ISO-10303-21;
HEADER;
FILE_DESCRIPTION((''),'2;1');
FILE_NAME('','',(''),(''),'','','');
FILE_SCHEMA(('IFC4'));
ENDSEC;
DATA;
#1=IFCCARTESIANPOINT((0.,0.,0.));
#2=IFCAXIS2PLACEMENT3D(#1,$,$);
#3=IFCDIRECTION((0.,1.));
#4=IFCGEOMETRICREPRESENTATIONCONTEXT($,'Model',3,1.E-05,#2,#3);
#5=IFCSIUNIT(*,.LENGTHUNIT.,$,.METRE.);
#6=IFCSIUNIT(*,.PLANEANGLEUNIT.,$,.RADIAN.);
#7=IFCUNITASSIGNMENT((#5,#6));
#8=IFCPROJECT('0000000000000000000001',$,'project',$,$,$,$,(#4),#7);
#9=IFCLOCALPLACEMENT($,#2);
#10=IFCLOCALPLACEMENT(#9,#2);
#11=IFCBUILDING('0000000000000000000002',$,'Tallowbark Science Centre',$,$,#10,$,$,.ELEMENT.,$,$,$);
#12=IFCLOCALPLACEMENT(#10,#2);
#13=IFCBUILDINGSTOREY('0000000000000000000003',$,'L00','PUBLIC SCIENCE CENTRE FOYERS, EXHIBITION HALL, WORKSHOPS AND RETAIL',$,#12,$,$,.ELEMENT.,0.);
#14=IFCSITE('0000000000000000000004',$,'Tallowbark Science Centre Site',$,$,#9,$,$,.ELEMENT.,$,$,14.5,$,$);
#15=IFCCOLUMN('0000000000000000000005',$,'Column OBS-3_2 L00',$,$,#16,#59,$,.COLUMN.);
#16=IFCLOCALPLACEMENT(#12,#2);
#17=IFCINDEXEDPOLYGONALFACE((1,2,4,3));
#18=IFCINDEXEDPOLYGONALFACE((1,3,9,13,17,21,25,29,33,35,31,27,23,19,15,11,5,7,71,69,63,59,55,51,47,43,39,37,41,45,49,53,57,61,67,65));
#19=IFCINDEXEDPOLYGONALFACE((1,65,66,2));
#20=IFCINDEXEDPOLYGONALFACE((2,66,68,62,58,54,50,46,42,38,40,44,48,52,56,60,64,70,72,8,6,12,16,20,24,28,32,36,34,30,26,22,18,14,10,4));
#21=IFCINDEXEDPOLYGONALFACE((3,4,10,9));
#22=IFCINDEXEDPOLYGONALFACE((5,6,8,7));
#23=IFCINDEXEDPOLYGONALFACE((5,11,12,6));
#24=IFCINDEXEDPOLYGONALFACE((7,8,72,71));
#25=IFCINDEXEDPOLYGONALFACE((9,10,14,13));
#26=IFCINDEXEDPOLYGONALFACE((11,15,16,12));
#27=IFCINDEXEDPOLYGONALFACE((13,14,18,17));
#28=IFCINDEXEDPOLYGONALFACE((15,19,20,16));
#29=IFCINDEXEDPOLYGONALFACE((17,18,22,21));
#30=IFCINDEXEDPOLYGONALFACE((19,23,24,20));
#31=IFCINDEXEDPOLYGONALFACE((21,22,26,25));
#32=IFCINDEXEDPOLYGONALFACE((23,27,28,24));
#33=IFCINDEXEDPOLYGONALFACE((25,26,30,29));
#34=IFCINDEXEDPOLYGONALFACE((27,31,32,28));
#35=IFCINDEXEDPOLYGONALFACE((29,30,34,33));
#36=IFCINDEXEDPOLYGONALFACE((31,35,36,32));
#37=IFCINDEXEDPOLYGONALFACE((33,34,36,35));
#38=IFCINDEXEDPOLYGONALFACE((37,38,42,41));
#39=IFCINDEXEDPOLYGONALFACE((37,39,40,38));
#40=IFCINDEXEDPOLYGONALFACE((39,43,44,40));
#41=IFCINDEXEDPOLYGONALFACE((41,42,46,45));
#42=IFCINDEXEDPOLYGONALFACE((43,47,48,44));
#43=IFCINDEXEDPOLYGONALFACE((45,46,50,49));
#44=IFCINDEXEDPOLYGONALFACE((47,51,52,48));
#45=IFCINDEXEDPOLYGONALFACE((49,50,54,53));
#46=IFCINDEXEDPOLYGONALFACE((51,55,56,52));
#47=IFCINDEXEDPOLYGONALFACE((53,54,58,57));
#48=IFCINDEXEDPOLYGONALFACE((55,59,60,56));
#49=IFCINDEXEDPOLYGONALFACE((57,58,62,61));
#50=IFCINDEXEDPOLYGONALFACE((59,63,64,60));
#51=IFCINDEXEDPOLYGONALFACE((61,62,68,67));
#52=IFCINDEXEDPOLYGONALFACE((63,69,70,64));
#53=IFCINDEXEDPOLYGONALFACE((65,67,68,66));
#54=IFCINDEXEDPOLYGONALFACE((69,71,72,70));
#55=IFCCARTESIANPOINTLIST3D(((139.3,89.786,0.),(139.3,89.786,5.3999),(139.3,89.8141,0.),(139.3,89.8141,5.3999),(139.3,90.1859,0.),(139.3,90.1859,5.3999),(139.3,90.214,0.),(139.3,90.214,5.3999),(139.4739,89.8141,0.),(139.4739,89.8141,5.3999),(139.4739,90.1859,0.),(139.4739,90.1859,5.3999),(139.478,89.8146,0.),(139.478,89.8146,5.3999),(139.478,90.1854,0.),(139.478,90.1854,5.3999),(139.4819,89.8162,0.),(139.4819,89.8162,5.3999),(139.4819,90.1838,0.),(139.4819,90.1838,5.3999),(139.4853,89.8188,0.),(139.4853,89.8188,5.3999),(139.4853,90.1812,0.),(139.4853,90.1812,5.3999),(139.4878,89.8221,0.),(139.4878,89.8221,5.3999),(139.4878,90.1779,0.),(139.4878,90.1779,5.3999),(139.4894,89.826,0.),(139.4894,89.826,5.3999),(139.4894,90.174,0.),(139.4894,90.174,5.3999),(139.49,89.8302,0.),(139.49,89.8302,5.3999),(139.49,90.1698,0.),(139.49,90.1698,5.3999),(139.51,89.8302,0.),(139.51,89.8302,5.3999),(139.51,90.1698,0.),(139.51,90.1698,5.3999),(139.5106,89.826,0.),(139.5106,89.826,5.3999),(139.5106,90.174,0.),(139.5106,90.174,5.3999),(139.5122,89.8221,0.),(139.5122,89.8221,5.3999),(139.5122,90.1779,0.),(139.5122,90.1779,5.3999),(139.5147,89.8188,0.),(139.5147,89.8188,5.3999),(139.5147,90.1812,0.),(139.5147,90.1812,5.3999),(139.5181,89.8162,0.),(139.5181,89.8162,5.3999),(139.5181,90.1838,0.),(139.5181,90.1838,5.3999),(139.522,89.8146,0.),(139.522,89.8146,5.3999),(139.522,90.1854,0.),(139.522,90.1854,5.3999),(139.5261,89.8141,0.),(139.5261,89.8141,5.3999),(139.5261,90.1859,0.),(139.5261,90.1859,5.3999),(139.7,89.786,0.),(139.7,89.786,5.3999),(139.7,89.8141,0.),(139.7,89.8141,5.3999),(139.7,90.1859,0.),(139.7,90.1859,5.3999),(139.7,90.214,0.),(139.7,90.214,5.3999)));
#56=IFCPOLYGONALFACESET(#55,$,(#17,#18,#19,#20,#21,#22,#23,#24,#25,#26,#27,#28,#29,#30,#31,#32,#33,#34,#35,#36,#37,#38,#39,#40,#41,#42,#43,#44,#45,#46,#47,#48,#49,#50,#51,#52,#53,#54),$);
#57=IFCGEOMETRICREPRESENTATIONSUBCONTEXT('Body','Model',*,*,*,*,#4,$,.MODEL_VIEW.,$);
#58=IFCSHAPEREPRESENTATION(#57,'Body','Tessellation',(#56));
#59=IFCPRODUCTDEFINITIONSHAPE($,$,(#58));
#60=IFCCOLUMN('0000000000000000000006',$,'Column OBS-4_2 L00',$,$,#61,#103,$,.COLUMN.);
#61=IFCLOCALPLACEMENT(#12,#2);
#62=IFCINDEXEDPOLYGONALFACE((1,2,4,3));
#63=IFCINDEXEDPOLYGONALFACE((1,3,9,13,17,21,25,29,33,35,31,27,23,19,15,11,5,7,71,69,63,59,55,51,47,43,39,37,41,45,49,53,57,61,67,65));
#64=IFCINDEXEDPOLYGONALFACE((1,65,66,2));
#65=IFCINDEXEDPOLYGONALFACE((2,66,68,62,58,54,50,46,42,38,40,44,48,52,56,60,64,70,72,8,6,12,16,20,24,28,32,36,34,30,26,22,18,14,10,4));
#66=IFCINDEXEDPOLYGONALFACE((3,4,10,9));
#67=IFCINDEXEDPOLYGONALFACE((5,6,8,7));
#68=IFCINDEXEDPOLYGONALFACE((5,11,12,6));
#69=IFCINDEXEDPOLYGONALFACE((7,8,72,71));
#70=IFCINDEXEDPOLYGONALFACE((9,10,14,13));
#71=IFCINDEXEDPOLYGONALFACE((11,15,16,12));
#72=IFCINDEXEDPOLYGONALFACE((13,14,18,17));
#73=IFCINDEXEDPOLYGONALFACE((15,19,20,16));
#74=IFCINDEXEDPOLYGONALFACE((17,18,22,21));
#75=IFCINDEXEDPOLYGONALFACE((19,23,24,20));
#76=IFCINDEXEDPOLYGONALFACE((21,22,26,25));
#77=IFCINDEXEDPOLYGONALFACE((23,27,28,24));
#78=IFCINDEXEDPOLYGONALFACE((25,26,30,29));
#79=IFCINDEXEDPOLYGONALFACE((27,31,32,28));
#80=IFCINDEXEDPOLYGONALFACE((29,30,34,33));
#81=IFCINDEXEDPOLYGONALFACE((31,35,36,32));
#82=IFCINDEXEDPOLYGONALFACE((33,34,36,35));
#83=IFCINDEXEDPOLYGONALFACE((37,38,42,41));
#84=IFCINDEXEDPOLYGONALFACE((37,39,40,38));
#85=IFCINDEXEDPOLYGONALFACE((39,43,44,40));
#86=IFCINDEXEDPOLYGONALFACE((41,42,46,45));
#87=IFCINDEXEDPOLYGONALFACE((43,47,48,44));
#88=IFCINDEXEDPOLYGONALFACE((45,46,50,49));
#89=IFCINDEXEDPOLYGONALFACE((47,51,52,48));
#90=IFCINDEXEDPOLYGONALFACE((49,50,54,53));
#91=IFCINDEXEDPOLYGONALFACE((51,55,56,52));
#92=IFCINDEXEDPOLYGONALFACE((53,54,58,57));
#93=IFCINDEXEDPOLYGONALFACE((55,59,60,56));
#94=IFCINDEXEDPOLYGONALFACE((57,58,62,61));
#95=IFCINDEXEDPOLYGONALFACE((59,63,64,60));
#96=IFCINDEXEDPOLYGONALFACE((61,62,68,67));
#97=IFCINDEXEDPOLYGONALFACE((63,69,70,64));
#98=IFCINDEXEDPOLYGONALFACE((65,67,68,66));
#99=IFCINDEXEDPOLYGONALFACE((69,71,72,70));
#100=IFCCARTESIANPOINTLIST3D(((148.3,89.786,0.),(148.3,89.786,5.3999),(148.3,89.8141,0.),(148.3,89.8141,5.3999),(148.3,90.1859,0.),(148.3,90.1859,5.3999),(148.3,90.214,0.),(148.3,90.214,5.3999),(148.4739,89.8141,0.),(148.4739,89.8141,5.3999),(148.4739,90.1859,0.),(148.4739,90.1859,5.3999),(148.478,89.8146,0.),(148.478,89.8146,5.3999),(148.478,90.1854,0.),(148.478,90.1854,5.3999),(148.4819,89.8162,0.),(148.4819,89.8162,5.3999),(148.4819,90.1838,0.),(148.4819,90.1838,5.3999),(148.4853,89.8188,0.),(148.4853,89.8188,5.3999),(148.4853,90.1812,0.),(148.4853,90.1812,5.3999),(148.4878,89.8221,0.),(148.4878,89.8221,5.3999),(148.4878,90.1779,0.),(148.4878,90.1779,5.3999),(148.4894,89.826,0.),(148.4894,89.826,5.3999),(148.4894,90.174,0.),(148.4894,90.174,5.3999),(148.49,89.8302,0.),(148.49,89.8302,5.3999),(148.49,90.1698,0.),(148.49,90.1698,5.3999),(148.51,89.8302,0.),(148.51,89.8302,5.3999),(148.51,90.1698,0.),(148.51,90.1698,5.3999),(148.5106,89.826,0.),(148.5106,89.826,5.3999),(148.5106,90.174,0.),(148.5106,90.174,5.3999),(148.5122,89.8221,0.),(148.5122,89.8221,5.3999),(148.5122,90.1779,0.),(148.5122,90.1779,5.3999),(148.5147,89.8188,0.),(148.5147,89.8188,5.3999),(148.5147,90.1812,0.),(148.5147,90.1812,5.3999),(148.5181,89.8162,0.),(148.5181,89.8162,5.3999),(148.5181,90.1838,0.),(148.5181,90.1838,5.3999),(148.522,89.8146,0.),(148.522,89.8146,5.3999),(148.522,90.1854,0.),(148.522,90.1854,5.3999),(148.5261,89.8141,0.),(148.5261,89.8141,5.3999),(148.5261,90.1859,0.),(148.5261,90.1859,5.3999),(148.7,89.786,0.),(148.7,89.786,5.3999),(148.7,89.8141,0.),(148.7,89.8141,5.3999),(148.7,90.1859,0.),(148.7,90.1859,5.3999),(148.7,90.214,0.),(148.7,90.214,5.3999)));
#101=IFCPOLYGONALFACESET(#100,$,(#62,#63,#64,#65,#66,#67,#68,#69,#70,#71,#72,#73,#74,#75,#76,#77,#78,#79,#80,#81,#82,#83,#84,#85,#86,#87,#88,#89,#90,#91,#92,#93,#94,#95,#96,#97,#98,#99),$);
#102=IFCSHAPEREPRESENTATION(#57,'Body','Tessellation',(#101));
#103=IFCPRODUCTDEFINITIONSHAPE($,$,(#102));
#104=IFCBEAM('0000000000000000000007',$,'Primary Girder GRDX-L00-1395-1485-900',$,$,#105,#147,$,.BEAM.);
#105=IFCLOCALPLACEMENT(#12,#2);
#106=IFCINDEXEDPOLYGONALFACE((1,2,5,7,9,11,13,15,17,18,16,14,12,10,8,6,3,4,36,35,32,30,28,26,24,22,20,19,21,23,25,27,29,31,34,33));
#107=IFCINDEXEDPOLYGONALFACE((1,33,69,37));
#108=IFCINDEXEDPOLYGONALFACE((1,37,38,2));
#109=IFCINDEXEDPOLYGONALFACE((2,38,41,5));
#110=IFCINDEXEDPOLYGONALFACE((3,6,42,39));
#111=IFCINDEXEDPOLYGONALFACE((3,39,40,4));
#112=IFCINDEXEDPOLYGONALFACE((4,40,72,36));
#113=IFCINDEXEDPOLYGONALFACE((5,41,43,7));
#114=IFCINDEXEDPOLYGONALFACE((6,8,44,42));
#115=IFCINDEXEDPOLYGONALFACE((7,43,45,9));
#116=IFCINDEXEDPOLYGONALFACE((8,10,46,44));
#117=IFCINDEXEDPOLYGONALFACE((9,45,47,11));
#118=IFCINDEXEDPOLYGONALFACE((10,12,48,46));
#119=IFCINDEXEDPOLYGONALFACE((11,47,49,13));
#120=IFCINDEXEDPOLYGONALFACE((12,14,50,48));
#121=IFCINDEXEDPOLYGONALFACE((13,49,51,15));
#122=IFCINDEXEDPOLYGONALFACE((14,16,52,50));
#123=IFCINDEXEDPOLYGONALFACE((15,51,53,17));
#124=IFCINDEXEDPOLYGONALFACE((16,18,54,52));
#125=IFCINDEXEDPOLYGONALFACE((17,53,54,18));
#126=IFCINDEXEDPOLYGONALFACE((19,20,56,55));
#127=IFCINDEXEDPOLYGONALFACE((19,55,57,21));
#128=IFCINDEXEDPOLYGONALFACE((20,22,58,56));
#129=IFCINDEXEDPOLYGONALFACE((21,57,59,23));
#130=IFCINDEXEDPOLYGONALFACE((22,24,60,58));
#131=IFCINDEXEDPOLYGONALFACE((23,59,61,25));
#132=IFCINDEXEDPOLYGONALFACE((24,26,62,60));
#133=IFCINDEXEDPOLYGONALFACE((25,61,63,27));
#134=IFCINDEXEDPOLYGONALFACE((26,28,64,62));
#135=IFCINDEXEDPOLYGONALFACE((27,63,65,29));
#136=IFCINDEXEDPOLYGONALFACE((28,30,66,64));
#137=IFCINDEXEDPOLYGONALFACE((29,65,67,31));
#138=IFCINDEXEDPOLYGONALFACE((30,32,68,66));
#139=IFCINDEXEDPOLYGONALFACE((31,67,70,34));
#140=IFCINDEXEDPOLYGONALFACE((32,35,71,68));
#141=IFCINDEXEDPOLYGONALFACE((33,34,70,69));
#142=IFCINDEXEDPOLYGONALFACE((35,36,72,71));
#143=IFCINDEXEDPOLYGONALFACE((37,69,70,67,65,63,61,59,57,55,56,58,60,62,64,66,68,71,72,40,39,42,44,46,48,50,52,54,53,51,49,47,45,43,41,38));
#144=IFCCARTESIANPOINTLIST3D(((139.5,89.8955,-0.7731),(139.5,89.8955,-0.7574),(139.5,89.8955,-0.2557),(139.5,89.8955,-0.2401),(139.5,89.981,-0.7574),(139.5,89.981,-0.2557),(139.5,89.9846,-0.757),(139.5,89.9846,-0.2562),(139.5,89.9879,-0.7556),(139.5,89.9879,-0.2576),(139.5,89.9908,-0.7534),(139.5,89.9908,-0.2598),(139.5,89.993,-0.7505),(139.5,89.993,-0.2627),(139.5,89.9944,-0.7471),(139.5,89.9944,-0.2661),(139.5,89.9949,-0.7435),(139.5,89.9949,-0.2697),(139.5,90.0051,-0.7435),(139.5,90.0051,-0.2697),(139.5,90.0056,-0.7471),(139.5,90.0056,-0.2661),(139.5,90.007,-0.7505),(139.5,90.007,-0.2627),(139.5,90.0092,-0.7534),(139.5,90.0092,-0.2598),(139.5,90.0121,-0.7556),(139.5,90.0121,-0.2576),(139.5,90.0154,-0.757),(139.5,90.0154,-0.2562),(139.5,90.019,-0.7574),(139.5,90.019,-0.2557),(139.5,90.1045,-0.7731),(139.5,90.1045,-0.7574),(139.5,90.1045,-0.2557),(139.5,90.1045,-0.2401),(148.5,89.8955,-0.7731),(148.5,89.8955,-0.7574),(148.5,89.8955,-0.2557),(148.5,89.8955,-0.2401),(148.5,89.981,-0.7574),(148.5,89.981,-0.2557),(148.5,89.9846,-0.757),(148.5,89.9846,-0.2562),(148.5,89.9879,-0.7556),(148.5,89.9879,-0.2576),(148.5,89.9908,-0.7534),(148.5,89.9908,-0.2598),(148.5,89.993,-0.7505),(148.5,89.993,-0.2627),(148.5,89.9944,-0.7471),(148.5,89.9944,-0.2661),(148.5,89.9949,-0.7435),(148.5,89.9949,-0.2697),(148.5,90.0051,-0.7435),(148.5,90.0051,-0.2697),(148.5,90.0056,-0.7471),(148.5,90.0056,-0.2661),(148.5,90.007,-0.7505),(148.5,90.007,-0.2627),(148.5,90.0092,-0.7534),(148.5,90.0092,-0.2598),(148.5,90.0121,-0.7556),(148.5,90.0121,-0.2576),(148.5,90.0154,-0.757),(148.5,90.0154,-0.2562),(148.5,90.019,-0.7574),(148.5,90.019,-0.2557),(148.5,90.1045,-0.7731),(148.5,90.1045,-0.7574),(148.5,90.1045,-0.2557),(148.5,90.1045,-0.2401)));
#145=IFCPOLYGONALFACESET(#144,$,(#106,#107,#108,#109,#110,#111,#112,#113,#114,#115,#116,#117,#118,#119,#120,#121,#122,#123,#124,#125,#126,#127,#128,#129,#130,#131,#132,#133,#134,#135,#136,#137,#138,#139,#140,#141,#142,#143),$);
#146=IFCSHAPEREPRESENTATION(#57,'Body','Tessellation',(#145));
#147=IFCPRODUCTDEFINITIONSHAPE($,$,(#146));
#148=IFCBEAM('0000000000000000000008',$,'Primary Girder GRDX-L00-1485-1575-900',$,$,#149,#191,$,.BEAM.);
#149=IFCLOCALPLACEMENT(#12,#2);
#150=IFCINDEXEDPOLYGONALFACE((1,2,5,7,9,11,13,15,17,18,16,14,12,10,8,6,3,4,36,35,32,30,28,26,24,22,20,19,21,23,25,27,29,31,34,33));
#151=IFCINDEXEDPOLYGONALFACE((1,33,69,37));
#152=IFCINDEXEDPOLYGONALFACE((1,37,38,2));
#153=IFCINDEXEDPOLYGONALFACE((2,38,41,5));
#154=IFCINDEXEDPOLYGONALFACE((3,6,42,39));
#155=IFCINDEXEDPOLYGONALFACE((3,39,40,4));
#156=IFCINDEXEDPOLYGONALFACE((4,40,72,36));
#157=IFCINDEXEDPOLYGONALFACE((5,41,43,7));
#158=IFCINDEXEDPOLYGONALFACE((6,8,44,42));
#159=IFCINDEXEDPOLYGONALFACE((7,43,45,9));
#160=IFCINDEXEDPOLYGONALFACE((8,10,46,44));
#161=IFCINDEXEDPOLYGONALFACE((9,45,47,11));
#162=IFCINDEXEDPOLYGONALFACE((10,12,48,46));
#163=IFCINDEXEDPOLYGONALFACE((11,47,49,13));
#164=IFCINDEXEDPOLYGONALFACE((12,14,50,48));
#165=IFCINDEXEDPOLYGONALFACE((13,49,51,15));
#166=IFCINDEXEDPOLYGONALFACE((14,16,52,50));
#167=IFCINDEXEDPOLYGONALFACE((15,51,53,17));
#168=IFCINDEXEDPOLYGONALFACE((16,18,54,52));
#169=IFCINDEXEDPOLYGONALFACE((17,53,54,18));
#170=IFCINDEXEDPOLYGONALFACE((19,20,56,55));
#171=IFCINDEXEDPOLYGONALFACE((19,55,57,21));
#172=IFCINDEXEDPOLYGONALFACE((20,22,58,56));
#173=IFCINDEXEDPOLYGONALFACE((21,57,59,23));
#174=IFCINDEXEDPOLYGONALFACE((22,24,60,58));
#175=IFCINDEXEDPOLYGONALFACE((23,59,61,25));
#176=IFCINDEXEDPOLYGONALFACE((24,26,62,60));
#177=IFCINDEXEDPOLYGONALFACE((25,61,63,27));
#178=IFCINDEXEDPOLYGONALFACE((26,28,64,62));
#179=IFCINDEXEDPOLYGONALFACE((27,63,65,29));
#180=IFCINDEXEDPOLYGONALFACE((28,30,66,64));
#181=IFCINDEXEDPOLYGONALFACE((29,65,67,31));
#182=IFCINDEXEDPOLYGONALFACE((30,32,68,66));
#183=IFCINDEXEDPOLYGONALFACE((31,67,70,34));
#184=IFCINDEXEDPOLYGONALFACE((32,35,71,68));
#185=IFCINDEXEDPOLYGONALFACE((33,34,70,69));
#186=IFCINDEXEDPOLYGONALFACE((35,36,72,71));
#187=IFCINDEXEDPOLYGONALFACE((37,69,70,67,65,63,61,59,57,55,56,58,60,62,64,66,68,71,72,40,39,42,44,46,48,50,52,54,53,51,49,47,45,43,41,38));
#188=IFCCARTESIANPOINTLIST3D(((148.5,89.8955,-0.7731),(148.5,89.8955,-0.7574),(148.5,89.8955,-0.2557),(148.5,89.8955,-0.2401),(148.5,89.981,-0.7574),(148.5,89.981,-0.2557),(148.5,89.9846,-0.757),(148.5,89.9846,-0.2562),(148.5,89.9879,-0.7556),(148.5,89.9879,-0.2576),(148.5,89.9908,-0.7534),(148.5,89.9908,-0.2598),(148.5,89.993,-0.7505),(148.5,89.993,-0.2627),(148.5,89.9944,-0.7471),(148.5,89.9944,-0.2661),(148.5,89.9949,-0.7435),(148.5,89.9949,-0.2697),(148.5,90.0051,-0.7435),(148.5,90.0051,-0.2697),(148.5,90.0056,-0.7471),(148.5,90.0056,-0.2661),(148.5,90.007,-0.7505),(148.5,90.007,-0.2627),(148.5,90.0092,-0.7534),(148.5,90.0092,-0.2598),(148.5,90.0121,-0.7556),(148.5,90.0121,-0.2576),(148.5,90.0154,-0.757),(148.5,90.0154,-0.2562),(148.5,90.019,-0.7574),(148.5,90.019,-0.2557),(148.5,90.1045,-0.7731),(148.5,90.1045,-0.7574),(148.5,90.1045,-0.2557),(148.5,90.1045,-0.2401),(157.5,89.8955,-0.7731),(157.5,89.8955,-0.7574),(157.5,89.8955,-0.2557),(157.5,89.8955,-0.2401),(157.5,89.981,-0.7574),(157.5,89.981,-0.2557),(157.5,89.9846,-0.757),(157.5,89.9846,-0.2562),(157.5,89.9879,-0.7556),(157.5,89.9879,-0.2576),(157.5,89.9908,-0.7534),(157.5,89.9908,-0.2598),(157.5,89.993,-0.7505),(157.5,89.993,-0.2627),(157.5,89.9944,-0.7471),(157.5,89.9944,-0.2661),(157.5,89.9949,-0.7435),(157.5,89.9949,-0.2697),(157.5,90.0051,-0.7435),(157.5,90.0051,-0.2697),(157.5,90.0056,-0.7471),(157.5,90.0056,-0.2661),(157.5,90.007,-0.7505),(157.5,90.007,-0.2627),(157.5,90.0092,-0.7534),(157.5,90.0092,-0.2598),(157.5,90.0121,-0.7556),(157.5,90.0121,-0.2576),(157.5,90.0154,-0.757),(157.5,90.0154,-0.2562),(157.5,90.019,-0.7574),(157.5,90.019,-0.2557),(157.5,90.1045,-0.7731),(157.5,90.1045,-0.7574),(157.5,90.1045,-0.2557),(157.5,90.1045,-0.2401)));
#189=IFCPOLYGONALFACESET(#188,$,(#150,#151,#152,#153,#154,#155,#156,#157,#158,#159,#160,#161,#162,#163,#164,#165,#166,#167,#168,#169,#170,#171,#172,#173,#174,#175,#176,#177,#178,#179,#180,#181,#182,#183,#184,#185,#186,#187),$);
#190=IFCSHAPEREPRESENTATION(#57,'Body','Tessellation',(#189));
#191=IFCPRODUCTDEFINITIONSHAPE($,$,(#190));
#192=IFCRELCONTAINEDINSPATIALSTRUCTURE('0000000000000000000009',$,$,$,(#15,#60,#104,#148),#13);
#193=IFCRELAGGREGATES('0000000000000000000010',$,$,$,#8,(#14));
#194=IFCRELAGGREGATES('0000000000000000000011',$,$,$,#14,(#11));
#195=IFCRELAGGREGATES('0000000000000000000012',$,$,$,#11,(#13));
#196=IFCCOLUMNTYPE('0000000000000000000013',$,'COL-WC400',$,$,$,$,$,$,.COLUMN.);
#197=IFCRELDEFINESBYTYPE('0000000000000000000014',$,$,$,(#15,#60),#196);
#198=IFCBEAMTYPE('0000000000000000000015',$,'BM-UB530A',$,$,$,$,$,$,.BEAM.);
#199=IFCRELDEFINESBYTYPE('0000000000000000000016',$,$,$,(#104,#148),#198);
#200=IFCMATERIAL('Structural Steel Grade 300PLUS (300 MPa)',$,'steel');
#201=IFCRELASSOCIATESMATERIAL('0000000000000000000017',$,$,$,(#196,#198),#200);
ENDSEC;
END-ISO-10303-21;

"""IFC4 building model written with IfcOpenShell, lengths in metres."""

from ifc_helpers import new_model, si_unit, direction, frame, origin, origin_2d, place, context, subcontext, project, spatial, i_section, extrude, material, material_profile, profile_set, type_object, element, save


model = new_model("IFC4")

# Units and contexts
model_context = context("Model", 3, precision=1e-05, world=origin(), true_north=direction((0.0, 1.0)))
body_context = subcontext(model_context, "Body", "Model", "MODEL_VIEW")
ifc_project = project(units=[si_unit("LENGTHUNIT", "METRE"), si_unit("PLANEANGLEUNIT", "RADIAN")], contexts=[model_context])

# Site, building, storey
site_placement = place(None, origin())
site = spatial("IfcSite", under=ifc_project, at=site_placement, Name="Tallowbark Science Centre Site", CompositionType="ELEMENT", RefElevation=14.5)
building_placement = place(site_placement, origin())
building = spatial("IfcBuilding", under=site, at=building_placement, Name="Tallowbark Science Centre", CompositionType="ELEMENT")
storey_placement = place(building_placement, origin())
storey = spatial("IfcBuildingStorey", under=building, at=storey_placement, Name="L00", Description="PUBLIC SCIENCE CENTRE FOYERS, EXHIBITION HALL, WORKSHOPS AND RETAIL", CompositionType="ELEMENT", Elevation=0.0)

# Columns
ifc_material_1 = material(Name="Structural Steel Grade 300PLUS (300 MPa)", Category="steel")
ifc_material_profile_1 = material_profile(ifc_material_1, i_section(OverallWidth=0.3999, OverallDepth=0.428, WebThickness=0.02, FlangeThickness=0.0281, FilletRadius=0.0161, at=origin_2d()), Name="400WC270")
ifc_profile_set_1 = profile_set([ifc_material_profile_1], Name="Structural Steel Grade 300PLUS (300 MPa)")
column_type = type_object("IfcColumnType", Name="COL-WC400", PredefinedType="COLUMN", material=ifc_profile_set_1)
for number, where, z_axis, x_axis, name in (
    (1, (139.5, 90.0, 0.0), (0.0, 0.0, 1.0), (1.0, 0.0, 0.0), "Column OBS-3_2 L00"),
    (2, (148.5, 90.0, 0.0), (0.0, 0.0, 1.0), (1.0, 0.0, 0.0), "Column OBS-4_2 L00"),
):
    element("IfcColumn", number, at=place(storey_placement, frame(where, z_axis=z_axis, x_axis=x_axis)), inside=storey, type_object=column_type, Name=name, PredefinedType="COLUMN", context=body_context, shape_type="SweptSolid", body=[
        extrude(i_section(OverallWidth=0.3999, OverallDepth=0.428, WebThickness=0.02, FlangeThickness=0.0281, FilletRadius=0.0161, at=origin_2d()), origin(), (0.0, 0.0, 1.0), 5.3999),
    ])

# Beams
ifc_material_profile_2 = material_profile(ifc_material_1, i_section(OverallWidth=0.209, OverallDepth=0.533, WebThickness=0.0103, FlangeThickness=0.0156, FilletRadius=0.0139, at=origin_2d()), Name="530UB92.4")
ifc_profile_set_2 = profile_set([ifc_material_profile_2], Name="Structural Steel Grade 300PLUS (300 MPa)")
beam_type_1 = type_object("IfcBeamType", Name="BM-UB530A", PredefinedType="BEAM", material=ifc_profile_set_2)
for number, where, z_axis, x_axis, name in (
    (3, (139.5, 90.0, -0.5066), (1.0, 0.0, 0.0), (0.0, 1.0, 0.0), "Primary Girder GRDX-L00-1395-1485-900"),
    (4, (148.5, 90.0, -0.5066), (1.0, 0.0, 0.0), (0.0, 1.0, 0.0), "Primary Girder GRDX-L00-1485-1575-900"),
):
    element("IfcBeam", number, at=place(storey_placement, frame(where, z_axis=z_axis, x_axis=x_axis)), inside=storey, type_object=beam_type_1, Name=name, PredefinedType="BEAM", context=body_context, shape_type="SweptSolid", body=[
        extrude(i_section(OverallWidth=0.209, OverallDepth=0.533, WebThickness=0.0103, FlangeThickness=0.0156, FilletRadius=0.0139, at=origin_2d()), origin(), (0.0, 0.0, 1.0), 9.0),
    ])

save(model, "model.ifc")
